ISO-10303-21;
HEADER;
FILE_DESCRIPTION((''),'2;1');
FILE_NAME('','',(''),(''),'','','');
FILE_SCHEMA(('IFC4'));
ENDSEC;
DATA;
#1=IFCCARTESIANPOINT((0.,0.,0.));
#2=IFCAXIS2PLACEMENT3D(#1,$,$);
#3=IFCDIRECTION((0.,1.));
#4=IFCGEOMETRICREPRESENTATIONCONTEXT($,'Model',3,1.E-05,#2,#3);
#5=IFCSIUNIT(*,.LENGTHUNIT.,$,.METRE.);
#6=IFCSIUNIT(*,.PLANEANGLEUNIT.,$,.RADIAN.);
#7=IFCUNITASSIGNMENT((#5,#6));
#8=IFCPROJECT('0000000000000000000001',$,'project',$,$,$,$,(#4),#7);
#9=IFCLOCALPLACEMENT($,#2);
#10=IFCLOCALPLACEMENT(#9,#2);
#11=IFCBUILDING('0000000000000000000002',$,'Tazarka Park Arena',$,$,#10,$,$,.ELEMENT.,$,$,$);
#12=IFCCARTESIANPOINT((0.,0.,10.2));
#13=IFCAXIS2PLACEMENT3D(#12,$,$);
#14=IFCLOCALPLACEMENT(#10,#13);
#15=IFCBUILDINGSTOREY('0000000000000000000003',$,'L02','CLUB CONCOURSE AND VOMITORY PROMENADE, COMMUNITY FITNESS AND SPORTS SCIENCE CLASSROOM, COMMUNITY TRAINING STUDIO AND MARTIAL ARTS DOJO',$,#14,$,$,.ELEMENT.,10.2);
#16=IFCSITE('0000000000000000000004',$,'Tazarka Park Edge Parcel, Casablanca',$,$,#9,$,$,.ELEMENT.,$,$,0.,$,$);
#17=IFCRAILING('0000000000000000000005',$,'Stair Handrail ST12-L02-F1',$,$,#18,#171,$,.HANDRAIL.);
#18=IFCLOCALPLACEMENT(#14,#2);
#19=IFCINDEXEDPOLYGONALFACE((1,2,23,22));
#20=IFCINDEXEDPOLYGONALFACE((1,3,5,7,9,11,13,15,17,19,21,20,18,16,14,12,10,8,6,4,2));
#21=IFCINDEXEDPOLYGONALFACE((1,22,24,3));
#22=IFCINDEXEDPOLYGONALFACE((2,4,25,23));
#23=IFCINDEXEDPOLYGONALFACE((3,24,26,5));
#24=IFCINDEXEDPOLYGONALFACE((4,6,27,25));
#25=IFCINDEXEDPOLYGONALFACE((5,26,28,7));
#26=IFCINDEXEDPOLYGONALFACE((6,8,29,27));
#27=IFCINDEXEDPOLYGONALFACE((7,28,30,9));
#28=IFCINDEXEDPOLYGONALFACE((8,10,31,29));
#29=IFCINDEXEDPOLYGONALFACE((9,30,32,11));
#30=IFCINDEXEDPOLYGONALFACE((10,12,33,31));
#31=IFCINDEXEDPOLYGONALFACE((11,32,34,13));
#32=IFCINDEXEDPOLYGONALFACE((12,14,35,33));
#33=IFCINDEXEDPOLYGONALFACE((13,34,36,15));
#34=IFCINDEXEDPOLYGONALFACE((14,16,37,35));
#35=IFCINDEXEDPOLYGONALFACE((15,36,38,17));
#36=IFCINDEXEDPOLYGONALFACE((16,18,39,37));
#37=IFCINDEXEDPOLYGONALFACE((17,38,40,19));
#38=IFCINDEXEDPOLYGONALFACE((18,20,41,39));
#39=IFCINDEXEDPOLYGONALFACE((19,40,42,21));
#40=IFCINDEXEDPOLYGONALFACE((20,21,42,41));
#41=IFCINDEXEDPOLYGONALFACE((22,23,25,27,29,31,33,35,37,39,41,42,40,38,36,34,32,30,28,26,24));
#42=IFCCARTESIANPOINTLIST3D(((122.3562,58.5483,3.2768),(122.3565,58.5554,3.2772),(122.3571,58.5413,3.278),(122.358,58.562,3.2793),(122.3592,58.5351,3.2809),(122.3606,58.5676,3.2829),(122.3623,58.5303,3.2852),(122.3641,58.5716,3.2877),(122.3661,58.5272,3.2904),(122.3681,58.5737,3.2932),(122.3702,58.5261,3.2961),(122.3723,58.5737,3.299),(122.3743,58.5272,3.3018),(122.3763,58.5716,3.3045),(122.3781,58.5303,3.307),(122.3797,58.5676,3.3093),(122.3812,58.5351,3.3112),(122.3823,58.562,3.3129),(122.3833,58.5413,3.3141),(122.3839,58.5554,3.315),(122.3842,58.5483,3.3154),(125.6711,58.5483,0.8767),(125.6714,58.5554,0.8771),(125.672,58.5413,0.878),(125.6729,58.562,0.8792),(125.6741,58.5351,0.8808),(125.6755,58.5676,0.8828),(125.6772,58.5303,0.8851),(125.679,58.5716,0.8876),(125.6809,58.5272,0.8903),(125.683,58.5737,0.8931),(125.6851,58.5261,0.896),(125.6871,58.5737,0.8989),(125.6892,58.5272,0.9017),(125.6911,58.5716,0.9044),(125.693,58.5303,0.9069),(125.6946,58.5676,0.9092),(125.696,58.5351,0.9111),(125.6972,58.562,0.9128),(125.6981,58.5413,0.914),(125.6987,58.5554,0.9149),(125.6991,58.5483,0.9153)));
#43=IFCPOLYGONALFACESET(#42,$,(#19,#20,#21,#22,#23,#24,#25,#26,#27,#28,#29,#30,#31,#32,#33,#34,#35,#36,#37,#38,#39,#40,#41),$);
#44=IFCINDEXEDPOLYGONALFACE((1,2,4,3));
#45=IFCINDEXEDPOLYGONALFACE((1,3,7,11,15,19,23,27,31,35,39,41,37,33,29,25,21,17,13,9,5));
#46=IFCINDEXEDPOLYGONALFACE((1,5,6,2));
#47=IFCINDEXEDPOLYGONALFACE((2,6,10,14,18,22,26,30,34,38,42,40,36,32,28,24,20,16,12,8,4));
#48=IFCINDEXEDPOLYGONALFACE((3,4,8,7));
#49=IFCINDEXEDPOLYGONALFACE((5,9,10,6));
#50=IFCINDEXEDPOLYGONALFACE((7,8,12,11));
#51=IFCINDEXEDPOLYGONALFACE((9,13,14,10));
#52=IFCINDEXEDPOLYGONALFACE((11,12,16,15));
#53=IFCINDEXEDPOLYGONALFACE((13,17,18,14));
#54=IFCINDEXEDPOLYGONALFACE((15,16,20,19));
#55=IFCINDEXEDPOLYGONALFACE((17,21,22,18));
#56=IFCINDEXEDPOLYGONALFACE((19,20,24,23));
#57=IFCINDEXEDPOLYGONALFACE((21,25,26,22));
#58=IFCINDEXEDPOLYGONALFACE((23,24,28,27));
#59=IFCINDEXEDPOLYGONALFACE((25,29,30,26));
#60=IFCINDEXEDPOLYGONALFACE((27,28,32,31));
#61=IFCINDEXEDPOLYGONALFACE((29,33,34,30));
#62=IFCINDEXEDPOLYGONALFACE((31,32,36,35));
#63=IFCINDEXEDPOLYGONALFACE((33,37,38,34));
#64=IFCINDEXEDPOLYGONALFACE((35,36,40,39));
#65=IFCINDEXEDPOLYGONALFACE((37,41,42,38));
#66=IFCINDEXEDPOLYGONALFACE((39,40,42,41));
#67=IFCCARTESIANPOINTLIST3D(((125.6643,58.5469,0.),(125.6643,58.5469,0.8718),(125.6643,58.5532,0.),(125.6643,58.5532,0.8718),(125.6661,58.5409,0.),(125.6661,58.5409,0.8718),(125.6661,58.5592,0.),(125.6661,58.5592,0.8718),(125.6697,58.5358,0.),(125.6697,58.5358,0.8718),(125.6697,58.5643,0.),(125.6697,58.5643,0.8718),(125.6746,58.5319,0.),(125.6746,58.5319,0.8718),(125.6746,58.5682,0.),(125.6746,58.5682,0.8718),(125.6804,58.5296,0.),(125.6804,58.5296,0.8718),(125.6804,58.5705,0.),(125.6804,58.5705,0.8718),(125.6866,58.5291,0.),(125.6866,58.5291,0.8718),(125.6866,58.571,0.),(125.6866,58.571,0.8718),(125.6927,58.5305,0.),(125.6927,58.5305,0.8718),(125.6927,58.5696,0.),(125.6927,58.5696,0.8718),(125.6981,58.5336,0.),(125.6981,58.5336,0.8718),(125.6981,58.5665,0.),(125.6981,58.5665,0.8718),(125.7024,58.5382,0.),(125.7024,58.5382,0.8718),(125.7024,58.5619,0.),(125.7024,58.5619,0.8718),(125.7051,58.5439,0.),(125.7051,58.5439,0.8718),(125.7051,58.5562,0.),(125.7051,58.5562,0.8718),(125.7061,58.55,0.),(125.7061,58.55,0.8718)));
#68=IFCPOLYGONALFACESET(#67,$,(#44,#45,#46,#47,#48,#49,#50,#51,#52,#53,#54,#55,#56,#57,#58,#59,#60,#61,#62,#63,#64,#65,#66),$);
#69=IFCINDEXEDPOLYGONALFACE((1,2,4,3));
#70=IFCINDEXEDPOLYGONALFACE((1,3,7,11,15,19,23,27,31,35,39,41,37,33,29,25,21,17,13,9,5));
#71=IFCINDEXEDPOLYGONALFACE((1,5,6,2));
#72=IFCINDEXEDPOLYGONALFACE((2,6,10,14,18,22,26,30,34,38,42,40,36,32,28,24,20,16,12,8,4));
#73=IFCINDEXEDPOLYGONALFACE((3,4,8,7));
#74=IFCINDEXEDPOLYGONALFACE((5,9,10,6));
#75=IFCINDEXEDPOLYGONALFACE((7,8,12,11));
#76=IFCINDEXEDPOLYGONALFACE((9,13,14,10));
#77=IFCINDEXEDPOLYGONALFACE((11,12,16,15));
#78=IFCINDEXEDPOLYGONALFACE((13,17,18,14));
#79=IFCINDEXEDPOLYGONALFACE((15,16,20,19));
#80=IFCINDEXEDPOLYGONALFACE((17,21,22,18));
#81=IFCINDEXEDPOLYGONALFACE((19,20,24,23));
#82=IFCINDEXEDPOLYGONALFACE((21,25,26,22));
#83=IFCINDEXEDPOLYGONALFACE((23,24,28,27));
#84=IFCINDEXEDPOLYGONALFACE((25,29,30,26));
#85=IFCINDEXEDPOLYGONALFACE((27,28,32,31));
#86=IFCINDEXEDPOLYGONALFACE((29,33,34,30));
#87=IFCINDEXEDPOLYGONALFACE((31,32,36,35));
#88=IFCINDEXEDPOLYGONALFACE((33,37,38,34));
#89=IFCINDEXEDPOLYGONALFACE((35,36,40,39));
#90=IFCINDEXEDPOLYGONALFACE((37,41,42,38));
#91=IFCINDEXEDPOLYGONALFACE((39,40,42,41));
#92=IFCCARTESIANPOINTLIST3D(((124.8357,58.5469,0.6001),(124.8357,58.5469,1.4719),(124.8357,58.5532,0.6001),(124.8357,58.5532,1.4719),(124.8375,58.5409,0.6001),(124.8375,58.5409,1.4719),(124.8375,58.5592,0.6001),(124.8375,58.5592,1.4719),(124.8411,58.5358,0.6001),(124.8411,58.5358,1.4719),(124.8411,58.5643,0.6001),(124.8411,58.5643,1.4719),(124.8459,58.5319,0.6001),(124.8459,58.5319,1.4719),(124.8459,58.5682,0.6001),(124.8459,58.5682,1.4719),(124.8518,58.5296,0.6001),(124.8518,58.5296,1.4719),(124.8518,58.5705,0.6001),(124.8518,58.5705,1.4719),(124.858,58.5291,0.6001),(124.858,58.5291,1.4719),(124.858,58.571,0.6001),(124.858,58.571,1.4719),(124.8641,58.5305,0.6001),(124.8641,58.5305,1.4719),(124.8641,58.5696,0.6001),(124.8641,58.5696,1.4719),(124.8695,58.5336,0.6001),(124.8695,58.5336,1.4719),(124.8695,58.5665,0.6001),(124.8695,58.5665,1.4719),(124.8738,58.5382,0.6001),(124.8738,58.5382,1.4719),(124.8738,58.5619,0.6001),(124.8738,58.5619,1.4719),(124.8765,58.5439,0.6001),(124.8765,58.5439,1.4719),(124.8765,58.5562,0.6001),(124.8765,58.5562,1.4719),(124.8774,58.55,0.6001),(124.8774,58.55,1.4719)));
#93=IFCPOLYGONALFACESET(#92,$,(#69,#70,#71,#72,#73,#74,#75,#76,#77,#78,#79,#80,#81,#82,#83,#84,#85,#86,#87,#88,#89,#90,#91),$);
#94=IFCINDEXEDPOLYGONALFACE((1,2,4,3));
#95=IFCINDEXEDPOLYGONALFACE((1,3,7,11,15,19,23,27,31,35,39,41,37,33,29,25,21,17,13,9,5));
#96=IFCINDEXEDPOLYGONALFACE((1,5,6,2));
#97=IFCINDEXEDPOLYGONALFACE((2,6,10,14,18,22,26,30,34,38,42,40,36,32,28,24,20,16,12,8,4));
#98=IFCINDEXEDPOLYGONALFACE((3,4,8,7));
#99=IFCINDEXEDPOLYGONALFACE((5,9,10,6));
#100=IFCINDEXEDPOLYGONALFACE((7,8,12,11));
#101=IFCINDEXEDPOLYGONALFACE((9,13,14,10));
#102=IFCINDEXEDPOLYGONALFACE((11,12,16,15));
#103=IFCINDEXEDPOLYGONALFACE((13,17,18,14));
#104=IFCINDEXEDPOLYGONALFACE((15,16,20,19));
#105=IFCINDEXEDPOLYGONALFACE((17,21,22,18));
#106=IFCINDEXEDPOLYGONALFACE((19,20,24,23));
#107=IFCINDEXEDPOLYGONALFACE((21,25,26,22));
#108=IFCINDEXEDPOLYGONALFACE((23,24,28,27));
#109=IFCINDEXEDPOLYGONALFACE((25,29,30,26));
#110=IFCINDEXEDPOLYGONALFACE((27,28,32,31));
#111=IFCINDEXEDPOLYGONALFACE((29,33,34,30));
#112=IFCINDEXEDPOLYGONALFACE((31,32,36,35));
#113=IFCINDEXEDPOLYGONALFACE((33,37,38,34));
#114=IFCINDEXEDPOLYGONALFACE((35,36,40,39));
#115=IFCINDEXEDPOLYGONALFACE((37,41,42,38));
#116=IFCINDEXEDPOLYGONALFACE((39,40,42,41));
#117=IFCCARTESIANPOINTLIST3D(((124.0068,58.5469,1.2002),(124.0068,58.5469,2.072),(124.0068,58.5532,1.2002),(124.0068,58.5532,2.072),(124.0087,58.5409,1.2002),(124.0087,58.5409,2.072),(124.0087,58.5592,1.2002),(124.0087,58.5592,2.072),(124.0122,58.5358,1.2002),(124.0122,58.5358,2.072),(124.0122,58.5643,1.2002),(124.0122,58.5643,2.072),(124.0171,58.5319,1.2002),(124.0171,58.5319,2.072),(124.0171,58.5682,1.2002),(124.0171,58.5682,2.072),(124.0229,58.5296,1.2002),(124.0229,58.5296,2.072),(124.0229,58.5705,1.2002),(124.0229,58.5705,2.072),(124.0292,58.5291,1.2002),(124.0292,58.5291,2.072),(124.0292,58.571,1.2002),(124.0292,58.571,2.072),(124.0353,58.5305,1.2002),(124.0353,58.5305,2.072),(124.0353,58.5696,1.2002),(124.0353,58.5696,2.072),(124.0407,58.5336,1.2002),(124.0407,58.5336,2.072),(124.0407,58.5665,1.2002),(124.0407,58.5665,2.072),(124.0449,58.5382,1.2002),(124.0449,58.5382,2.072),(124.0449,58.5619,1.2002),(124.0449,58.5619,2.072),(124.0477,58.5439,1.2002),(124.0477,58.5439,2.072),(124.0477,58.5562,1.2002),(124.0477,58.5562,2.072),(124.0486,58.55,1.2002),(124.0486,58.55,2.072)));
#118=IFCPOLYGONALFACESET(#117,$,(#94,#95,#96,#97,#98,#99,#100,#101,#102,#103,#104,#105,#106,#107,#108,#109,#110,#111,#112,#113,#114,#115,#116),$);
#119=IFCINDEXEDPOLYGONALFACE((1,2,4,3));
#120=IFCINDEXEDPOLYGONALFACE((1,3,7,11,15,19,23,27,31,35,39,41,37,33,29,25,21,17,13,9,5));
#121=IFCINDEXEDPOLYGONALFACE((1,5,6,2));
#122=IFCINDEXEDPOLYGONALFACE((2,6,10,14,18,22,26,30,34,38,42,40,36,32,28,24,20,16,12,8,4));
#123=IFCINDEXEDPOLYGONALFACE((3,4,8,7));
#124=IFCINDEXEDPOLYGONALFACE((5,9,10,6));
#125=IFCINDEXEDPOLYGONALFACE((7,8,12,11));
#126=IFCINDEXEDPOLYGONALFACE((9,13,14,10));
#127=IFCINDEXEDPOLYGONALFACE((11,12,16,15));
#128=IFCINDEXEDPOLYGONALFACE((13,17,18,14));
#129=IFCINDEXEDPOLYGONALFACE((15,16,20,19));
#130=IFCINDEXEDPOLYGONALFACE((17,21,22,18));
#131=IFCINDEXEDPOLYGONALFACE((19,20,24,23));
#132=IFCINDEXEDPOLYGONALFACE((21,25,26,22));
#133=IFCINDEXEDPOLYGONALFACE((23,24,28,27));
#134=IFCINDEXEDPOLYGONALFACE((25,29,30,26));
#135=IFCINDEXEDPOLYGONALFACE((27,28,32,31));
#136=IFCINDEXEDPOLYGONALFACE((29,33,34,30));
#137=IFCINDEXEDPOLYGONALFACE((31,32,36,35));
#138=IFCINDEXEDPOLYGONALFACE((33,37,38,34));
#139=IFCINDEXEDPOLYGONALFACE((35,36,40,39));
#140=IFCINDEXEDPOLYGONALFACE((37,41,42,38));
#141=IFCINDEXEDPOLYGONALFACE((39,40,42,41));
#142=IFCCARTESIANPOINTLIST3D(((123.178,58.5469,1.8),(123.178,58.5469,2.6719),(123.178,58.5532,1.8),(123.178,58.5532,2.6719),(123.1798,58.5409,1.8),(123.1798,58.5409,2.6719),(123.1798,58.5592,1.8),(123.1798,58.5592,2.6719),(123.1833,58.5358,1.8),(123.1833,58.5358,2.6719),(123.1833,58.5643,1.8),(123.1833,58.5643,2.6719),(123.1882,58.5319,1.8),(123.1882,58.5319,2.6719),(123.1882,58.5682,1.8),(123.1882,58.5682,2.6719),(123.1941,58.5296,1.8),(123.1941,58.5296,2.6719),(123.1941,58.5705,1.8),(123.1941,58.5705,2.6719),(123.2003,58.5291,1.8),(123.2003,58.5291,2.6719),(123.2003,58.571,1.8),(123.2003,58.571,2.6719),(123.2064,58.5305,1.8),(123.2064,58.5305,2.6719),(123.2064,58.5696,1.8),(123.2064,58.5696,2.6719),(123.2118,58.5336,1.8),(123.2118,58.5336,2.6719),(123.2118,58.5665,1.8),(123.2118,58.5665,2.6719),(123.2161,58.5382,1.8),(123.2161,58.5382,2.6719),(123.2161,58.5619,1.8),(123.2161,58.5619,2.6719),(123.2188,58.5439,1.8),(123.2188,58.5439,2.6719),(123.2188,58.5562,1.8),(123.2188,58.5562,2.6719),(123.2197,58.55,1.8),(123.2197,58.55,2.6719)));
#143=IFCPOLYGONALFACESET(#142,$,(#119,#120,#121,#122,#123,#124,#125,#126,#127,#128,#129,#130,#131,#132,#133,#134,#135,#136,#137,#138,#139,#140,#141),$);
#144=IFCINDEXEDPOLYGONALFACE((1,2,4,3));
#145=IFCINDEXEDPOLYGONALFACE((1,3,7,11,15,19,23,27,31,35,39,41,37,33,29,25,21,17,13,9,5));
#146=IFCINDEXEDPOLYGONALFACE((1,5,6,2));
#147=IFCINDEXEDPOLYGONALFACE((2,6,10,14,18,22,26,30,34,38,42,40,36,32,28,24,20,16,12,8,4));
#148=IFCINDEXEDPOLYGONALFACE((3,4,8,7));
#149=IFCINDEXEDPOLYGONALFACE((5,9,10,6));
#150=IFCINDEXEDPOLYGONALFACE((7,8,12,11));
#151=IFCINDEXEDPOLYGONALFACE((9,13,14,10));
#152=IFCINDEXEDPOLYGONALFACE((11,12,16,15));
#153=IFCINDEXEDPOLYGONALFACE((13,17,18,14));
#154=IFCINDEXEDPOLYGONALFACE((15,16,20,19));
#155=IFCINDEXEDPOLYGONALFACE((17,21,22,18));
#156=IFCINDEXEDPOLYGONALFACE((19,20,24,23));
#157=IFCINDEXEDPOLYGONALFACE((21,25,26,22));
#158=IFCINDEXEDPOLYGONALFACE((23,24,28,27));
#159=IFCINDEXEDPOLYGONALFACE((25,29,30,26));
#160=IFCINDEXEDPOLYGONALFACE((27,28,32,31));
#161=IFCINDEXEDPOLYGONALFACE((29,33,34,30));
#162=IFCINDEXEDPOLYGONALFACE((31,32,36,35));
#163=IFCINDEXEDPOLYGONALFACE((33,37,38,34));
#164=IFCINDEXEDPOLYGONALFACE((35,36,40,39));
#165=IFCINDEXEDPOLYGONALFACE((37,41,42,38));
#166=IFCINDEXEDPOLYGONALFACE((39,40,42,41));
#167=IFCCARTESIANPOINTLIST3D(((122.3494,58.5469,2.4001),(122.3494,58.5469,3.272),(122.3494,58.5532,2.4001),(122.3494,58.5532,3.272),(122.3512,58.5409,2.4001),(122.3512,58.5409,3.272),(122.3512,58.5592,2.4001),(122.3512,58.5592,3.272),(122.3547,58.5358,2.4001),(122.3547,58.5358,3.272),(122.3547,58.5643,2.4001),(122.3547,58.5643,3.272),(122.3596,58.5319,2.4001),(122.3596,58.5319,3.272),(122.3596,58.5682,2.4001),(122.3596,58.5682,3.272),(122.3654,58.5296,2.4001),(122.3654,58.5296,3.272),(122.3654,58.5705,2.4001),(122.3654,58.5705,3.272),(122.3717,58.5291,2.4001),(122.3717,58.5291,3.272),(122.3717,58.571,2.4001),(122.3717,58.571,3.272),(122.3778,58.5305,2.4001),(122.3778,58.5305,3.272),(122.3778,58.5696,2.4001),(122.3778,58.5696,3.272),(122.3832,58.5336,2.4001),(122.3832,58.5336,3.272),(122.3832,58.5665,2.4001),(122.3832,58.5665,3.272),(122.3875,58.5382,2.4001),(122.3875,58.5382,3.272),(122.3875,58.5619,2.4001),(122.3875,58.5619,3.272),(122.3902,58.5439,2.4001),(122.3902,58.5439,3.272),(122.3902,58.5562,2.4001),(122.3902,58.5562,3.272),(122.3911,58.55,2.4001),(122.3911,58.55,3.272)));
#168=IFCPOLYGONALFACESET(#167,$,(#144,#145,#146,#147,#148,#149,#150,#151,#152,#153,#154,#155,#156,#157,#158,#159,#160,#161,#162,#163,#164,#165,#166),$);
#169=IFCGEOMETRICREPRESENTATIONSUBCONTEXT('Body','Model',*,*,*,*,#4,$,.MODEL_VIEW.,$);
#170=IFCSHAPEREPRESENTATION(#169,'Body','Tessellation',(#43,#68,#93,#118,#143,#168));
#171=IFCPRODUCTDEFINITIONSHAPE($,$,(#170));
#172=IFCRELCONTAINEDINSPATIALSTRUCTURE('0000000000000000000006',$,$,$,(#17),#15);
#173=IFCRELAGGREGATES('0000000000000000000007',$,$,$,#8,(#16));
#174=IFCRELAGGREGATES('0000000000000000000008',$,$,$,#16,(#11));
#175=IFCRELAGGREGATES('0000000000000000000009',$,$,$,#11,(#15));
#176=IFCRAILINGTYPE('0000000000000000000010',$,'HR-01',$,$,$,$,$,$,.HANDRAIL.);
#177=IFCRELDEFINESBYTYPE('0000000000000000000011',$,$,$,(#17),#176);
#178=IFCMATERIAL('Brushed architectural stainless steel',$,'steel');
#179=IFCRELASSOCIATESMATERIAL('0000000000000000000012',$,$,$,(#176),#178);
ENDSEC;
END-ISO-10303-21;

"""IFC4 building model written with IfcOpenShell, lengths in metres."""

from ifc_helpers import new_model, si_unit, direction, frame, origin, origin_2d, place, context, subcontext, project, spatial, circle, extrude, material, type_object, element, save


model = new_model("IFC4")

# Units and contexts
model_context = context("Model", 3, precision=1e-05, world=origin(), true_north=direction((0.0, 1.0)))
body_context = subcontext(model_context, "Body", "Model", "MODEL_VIEW")
ifc_project = project(units=[si_unit("LENGTHUNIT", "METRE"), si_unit("PLANEANGLEUNIT", "RADIAN")], contexts=[model_context])

# Site, building, storey
site_placement = place(None, origin())
site = spatial("IfcSite", under=ifc_project, at=site_placement, Name="Tazarka Park Edge Parcel, Casablanca", CompositionType="ELEMENT", RefElevation=0.0)
building_placement = place(site_placement, origin())
building = spatial("IfcBuilding", under=site, at=building_placement, Name="Tazarka Park Arena", CompositionType="ELEMENT")
storey_placement = place(building_placement, frame((0.0, 0.0, 10.2)))
storey = spatial("IfcBuildingStorey", under=building, at=storey_placement, Name="L02", Description="CLUB CONCOURSE AND VOMITORY PROMENADE, COMMUNITY FITNESS AND SPORTS SCIENCE CLASSROOM, COMMUNITY TRAINING STUDIO AND MARTIAL ARTS DOJO", CompositionType="ELEMENT", Elevation=10.2)

# Railing
ifc_material_1 = material(Name="Brushed architectural stainless steel", Category="steel")
railing_type_1 = type_object("IfcRailingType", Name="HR-01", PredefinedType="HANDRAIL", material=ifc_material_1)
for number, where, name in (
    (1, (125.6851, 58.55, 0.0), "Stair Handrail ST12-L02-F1"),
):
    element("IfcRailing", number, at=place(storey_placement, frame(where)), inside=storey, type_object=railing_type_1, Name=name, PredefinedType="HANDRAIL", context=body_context, shape_type="SweptSolid", body=[
        extrude(circle(Radius=0.0239, at=origin_2d()), frame((0.0, 0.0, 0.896), z_axis=(-0.80998, 0.0, 0.586457), x_axis=(0.0, -1.0, 0.0)), (0.0, 0.0, 1.0), 4.0925),
        extrude(circle(Radius=0.021, at=origin_2d()), origin(), (0.0, 0.0, 1.0), 0.8718),
        extrude(circle(Radius=0.021, at=origin_2d()), frame((-0.8286, 0.0, 0.6001)), (0.0, 0.0, 1.0), 0.8718),
        extrude(circle(Radius=0.021, at=origin_2d()), frame((-1.6575, 0.0, 1.2002)), (0.0, 0.0, 1.0), 0.8718),
        extrude(circle(Radius=0.021, at=origin_2d()), frame((-2.4863, 0.0, 1.8)), (0.0, 0.0, 1.0), 0.8718),
        extrude(circle(Radius=0.021, at=origin_2d()), frame((-3.3149, 0.0, 2.4001)), (0.0, 0.0, 1.0), 0.8718),
    ])

save(model, "model.ifc")
